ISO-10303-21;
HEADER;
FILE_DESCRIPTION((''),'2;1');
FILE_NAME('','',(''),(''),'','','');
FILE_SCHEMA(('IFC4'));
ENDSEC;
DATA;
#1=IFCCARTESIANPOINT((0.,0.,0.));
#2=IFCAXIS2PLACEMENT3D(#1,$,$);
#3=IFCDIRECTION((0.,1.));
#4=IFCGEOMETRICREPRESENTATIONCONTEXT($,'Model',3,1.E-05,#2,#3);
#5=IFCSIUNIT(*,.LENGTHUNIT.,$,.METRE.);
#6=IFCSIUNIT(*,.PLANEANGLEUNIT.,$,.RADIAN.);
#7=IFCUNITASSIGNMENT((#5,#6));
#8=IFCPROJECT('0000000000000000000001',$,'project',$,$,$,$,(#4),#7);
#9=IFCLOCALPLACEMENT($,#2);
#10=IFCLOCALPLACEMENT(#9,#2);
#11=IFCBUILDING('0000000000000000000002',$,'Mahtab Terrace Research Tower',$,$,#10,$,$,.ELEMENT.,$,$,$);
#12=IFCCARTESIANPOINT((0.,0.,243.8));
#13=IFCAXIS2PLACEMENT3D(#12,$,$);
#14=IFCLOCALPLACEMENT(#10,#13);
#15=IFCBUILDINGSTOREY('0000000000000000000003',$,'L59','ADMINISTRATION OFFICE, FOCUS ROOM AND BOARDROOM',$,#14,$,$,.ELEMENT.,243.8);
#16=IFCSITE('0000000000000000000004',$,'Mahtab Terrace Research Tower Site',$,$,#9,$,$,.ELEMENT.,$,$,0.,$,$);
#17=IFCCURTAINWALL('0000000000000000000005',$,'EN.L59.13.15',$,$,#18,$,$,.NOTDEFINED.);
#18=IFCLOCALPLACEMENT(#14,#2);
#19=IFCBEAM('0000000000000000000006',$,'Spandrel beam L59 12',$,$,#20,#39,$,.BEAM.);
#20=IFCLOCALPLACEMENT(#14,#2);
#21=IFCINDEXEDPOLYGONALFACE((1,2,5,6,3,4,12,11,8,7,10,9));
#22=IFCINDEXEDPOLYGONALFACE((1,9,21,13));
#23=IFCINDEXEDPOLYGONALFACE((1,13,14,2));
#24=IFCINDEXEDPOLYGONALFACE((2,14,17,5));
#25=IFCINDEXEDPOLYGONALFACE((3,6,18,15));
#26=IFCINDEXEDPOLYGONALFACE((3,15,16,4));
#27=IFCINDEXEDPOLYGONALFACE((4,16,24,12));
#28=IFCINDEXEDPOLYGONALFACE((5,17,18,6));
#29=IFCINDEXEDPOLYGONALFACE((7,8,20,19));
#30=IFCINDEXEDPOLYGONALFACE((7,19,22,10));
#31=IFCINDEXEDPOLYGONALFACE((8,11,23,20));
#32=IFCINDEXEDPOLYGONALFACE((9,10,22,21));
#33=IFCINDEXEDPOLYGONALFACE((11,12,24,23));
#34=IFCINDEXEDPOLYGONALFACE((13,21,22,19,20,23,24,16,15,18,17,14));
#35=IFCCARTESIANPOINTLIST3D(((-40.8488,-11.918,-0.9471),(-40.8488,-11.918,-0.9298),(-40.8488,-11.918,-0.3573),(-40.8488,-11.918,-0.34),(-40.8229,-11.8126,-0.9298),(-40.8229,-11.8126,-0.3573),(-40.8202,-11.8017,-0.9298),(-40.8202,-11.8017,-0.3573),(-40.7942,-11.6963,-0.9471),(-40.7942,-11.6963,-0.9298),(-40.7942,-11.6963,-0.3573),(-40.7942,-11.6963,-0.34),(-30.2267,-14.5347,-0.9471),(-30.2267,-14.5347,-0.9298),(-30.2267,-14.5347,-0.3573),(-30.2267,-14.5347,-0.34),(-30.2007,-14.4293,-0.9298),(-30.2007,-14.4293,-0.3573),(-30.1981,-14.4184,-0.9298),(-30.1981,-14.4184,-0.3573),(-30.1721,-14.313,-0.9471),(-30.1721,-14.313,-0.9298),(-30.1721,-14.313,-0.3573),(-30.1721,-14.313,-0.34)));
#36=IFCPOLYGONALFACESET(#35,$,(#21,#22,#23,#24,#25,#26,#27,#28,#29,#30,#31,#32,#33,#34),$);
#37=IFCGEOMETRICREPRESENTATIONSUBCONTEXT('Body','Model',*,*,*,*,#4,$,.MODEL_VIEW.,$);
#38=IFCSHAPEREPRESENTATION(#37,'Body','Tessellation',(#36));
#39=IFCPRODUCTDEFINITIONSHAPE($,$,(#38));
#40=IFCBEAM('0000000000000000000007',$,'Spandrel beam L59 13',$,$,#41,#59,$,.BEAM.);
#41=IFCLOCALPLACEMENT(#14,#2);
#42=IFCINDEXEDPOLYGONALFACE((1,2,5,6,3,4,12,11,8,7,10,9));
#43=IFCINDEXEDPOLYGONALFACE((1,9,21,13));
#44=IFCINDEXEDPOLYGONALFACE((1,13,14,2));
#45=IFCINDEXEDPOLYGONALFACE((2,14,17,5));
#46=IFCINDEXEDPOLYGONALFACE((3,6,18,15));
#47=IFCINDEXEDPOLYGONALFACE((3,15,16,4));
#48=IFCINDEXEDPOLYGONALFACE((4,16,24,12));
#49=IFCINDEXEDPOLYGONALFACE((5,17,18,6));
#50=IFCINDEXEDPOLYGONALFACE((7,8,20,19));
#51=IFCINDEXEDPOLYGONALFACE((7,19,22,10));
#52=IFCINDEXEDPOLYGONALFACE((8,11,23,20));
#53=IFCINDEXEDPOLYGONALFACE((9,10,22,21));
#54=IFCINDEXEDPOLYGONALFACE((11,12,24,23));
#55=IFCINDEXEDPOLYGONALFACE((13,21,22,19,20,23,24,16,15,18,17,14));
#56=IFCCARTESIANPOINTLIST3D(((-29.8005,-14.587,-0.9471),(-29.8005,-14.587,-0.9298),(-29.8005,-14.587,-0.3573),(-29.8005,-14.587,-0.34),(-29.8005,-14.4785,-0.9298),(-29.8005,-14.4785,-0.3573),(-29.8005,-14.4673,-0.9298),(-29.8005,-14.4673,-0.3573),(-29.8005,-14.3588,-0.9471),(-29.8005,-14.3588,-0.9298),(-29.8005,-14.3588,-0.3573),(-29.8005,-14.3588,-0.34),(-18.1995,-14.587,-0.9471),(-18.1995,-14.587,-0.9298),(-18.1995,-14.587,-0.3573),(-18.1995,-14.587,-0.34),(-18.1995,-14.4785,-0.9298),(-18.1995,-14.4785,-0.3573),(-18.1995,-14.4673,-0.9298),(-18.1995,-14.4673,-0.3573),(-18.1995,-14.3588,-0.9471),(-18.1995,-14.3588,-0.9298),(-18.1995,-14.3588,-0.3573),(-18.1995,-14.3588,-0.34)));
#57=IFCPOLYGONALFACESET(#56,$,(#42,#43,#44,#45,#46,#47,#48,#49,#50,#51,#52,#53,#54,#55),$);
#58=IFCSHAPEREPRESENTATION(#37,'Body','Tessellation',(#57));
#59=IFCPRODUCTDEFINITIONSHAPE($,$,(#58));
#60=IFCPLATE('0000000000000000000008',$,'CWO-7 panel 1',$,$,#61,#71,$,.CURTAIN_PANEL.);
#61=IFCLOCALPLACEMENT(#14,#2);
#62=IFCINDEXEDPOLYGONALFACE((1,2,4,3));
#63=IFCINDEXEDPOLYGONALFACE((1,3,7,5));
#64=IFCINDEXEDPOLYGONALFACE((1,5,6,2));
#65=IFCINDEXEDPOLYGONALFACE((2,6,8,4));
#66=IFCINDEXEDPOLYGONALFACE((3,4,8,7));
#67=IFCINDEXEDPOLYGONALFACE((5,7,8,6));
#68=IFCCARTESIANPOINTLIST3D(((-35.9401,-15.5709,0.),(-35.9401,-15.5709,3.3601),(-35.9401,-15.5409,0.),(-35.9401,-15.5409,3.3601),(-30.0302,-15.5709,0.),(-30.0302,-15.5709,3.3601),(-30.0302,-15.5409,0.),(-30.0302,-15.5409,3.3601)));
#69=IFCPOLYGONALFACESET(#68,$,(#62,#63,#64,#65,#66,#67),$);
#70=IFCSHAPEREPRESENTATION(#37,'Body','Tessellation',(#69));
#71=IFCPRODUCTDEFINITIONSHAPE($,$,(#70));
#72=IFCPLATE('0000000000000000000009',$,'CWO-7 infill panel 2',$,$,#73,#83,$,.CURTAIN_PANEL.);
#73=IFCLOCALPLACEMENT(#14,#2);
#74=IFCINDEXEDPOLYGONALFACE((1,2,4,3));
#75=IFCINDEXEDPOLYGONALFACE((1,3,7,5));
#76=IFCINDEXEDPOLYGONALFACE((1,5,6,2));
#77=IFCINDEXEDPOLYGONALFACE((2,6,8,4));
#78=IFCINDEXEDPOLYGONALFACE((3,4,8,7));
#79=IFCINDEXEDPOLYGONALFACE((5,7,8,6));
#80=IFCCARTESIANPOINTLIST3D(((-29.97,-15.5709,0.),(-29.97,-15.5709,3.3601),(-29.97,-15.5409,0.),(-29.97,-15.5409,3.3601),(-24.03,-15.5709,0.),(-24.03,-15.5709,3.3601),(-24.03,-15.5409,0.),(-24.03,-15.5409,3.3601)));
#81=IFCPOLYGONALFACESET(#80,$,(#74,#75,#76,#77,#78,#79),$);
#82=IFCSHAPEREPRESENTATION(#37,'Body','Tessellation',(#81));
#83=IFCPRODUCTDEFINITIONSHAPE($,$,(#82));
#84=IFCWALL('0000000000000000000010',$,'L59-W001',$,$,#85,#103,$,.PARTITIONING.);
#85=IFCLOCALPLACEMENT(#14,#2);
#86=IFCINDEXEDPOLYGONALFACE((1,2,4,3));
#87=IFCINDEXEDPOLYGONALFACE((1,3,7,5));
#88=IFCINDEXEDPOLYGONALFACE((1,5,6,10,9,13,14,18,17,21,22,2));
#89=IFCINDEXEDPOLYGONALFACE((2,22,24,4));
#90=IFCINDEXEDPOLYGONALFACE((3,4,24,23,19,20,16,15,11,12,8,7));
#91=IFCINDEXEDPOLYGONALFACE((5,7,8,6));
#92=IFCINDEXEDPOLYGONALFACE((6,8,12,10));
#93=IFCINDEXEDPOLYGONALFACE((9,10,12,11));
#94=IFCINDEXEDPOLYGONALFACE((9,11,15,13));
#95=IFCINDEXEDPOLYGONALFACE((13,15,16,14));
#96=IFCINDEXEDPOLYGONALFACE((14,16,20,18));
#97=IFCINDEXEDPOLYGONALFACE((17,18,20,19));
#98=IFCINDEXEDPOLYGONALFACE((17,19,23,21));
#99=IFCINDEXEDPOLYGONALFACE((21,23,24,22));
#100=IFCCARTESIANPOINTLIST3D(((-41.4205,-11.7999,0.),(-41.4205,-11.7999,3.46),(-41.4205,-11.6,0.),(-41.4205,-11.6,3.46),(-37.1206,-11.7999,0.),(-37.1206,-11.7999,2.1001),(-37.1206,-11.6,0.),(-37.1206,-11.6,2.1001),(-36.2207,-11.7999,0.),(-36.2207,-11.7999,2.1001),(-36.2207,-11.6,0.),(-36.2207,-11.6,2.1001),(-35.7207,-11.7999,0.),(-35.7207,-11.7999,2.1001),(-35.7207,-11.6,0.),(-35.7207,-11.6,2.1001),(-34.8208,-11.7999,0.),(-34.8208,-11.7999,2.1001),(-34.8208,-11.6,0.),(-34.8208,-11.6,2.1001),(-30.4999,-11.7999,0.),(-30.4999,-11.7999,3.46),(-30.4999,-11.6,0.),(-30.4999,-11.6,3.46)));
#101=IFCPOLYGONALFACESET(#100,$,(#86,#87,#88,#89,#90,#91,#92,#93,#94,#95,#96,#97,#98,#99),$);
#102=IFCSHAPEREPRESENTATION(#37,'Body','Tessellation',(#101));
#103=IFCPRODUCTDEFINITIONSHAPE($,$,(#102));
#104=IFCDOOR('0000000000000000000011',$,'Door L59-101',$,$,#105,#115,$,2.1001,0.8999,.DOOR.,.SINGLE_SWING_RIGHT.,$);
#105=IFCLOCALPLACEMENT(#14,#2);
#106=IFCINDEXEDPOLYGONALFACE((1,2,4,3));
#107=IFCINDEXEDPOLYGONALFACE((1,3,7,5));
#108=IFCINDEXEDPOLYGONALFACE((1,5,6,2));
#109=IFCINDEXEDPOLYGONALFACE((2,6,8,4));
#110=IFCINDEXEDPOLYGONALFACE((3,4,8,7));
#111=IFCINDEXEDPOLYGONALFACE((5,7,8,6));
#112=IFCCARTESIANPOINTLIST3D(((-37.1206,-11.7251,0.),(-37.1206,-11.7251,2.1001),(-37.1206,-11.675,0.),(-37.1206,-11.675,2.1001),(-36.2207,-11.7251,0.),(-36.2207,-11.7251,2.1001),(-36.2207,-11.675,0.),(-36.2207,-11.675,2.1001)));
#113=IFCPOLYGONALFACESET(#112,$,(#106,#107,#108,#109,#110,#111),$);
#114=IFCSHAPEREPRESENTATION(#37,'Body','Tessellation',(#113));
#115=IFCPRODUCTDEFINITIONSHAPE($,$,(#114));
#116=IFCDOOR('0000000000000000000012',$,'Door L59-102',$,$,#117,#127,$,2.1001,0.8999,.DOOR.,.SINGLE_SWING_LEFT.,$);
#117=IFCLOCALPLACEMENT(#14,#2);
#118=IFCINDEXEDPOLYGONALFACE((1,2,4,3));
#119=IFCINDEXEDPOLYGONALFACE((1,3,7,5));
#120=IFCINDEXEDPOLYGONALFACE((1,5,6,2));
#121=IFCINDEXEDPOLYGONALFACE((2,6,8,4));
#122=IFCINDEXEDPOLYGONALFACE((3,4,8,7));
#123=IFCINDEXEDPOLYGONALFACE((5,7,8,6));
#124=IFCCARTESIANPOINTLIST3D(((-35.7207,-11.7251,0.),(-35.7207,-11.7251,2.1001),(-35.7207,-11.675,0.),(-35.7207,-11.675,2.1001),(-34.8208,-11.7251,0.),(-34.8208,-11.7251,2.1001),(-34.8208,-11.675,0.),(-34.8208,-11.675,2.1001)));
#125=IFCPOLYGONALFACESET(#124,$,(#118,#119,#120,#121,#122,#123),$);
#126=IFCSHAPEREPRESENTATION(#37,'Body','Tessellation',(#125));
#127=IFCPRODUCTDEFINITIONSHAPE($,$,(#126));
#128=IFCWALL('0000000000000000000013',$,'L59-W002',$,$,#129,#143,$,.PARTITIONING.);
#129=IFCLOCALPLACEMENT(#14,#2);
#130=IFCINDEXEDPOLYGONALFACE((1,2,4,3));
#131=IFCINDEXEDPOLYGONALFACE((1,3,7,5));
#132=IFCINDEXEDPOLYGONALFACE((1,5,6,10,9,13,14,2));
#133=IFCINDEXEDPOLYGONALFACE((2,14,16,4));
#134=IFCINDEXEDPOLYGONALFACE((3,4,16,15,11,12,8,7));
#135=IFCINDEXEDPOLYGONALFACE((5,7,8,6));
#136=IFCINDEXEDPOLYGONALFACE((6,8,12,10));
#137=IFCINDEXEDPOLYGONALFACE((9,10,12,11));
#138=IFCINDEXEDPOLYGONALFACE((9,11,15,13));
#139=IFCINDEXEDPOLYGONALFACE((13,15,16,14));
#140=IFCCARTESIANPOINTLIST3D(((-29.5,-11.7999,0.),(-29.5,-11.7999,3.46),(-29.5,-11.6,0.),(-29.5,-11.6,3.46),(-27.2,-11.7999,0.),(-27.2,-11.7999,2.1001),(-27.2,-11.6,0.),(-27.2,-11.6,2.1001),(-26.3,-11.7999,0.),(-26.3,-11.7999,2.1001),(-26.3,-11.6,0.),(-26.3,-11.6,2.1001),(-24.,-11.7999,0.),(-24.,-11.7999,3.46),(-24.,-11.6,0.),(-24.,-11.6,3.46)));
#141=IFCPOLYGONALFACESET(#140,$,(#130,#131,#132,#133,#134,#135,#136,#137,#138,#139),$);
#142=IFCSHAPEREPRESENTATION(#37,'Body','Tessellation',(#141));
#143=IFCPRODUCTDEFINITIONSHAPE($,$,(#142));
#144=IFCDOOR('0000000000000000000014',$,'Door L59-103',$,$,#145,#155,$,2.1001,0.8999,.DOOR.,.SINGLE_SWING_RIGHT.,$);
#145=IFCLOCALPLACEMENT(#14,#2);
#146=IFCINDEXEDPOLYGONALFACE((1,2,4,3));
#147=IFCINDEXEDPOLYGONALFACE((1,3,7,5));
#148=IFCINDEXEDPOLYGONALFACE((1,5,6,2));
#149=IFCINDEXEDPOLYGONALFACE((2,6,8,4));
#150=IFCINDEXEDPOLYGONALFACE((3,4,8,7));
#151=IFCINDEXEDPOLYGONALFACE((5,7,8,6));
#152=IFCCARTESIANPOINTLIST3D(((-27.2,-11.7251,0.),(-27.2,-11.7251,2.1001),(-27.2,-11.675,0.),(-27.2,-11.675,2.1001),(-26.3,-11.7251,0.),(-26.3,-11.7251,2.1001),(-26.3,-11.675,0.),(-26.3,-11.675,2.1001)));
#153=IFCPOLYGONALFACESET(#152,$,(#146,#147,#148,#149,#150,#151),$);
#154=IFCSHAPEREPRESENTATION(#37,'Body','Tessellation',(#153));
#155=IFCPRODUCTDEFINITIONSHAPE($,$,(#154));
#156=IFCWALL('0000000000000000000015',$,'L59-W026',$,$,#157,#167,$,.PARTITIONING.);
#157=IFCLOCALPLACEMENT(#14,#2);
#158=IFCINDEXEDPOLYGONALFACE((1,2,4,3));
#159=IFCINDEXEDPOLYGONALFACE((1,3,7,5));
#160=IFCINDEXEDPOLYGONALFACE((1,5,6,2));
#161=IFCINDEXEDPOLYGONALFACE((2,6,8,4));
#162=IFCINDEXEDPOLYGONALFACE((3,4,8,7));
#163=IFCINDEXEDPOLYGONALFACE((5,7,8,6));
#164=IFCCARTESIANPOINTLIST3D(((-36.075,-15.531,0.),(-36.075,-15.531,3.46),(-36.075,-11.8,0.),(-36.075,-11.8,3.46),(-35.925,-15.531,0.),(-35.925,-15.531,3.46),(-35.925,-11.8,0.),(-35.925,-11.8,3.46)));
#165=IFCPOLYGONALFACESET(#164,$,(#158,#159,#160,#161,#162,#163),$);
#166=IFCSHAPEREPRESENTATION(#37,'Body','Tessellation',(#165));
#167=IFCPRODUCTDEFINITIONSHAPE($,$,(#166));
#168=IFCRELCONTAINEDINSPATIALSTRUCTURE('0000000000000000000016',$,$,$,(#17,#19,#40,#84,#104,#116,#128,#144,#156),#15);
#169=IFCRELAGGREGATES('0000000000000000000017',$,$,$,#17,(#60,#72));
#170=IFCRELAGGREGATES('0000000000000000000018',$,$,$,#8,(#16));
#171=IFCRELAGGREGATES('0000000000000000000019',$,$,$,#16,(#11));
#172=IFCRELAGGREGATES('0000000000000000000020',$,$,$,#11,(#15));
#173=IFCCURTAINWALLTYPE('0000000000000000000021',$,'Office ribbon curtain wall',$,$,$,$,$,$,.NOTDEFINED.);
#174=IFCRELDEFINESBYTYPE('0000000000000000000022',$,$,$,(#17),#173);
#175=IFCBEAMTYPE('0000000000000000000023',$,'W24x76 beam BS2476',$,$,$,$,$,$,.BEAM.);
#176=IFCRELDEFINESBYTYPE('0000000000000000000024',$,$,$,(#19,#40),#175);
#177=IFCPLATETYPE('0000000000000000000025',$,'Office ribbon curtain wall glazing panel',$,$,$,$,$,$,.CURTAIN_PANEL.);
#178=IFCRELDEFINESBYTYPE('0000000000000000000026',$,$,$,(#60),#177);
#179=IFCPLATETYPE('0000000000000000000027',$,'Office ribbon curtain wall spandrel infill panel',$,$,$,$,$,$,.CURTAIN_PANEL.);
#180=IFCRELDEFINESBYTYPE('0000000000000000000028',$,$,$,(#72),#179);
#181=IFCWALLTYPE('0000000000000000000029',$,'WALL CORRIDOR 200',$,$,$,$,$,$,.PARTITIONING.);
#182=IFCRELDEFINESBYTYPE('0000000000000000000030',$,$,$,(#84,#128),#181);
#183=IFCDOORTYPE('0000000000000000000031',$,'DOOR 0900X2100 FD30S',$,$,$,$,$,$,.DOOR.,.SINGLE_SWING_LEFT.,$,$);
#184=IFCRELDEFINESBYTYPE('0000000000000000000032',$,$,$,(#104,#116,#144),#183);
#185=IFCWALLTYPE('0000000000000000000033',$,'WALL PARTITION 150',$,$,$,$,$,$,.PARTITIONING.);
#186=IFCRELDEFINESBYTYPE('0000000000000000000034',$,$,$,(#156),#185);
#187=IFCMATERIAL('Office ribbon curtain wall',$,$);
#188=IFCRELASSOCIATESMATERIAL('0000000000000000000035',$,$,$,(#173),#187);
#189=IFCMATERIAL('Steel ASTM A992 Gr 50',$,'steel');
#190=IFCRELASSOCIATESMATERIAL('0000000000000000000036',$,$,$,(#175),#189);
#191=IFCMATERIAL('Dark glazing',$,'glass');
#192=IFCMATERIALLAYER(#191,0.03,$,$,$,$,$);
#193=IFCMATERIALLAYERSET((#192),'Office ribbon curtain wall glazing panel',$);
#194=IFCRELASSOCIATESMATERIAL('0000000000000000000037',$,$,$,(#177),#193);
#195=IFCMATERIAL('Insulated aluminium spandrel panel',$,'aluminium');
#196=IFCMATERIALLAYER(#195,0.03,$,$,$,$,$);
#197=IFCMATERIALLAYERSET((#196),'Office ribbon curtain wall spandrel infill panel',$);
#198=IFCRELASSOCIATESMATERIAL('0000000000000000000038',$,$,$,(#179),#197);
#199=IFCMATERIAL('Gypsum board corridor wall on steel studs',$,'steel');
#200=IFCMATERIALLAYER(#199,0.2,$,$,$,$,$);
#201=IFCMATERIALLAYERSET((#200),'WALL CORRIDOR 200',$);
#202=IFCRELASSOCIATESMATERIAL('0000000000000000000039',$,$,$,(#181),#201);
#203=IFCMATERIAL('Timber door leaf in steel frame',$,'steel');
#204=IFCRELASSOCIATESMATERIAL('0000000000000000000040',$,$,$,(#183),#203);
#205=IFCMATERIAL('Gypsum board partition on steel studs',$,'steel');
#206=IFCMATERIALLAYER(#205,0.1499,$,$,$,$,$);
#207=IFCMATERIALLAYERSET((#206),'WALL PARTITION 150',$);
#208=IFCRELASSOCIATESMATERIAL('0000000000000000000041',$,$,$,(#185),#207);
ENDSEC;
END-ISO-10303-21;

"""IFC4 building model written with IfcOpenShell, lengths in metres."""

from ifc_helpers import new_model, si_unit, direction, frame, frame_2d, origin, origin_2d, place, context, subcontext, project, spatial, rectangle, i_section, extrude, material, layer, layer_set, material_profile, profile_set, type_object, element, fill, aggregate, save


model = new_model("IFC4")

# Units and contexts
model_context = context("Model", 3, precision=1e-05, world=origin(), true_north=direction((0.0, 1.0)))
body_context = subcontext(model_context, "Body", "Model", "MODEL_VIEW")
ifc_project = project(units=[si_unit("LENGTHUNIT", "METRE"), si_unit("PLANEANGLEUNIT", "RADIAN")], contexts=[model_context])

# Site, building, storey
site_placement = place(None, origin())
site = spatial("IfcSite", under=ifc_project, at=site_placement, Name="Mahtab Terrace Research Tower Site", CompositionType="ELEMENT", RefElevation=0.0)
building_placement = place(site_placement, origin())
building = spatial("IfcBuilding", under=site, at=building_placement, Name="Mahtab Terrace Research Tower", CompositionType="ELEMENT")
storey_placement = place(building_placement, frame((0.0, 0.0, 243.8)))
storey = spatial("IfcBuildingStorey", under=building, at=storey_placement, Name="L59", Description="ADMINISTRATION OFFICE, FOCUS ROOM AND BOARDROOM", CompositionType="ELEMENT", Elevation=243.8)

# Shared definitions
ifc_material_1 = material(Name="Steel ASTM A992 Gr 50", Category="steel")

# Curtain wall
ifc_material_2 = material(Name="Office ribbon curtain wall")
curtain_wall_type = type_object("IfcCurtainWallType", Name="Office ribbon curtain wall", PredefinedType="NOTDEFINED", material=ifc_material_2)
curtain_wall_placement = place(storey_placement, origin())
curtain_wall = element("IfcCurtainWall", 1, at=curtain_wall_placement, inside=storey, type_object=curtain_wall_type, Name="EN.L59.13.15", PredefinedType="NOTDEFINED")

# Beams
ifc_material_profile_1 = material_profile(ifc_material_1, i_section(OverallWidth=0.2283, OverallDepth=0.6072, WebThickness=0.0112, FlangeThickness=0.0173, at=origin_2d()), Name="W24X76")
ifc_profile_set_1 = profile_set([ifc_material_profile_1], Name="Steel ASTM A992 Gr 50")
beam_type = type_object("IfcBeamType", Name="W24x76 beam BS2476", PredefinedType="BEAM", material=ifc_profile_set_1)
beam_1_placement = place(storey_placement, frame((-40.8215, -11.8071, -0.6436), z_axis=(0.970972, -0.239195, 0.0), x_axis=(0.239195, 0.970972, 0.0)))
element("IfcBeam", 2, at=beam_1_placement, inside=storey, type_object=beam_type, Name="Spandrel beam L59 12", PredefinedType="BEAM", context=body_context, shape_type="SweptSolid", body=[
    extrude(i_section(OverallWidth=0.2283, OverallDepth=0.6072, WebThickness=0.0112, FlangeThickness=0.0173, at=origin_2d()), origin(), (0.0, 0.0, 1.0), 10.9397),
])
beam_2_placement = place(storey_placement, frame((-29.8005, -14.4729, -0.6436), z_axis=(1.0, 0.0, 0.0), x_axis=(0.0, 1.0, 0.0)))
element("IfcBeam", 3, at=beam_2_placement, inside=storey, type_object=beam_type, Name="Spandrel beam L59 13", PredefinedType="BEAM", context=body_context, shape_type="SweptSolid", body=[
    extrude(i_section(OverallWidth=0.2283, OverallDepth=0.6072, WebThickness=0.0112, FlangeThickness=0.0173, at=origin_2d()), origin(), (0.0, 0.0, 1.0), 11.6011),
])

# Plates
ifc_material_3 = material(Name="Dark glazing", Category="glass")
ifc_layer_1 = layer(ifc_material_3, 0.03)
ifc_layer_set_1 = layer_set([ifc_layer_1], Name="Office ribbon curtain wall glazing panel")
plate_type_1 = type_object("IfcPlateType", Name="Office ribbon curtain wall glazing panel", PredefinedType="CURTAIN_PANEL", material=ifc_layer_set_1)
plate_1_placement = place(storey_placement, frame((-32.9851, -15.5559, 0.0), z_axis=(0.0, 0.0, 1.0), x_axis=(1.0, 0.0, 0.0)))
plate_1 = element("IfcPlate", 4, at=plate_1_placement, type_object=plate_type_1, Name="CWO-7 panel 1", PredefinedType="CURTAIN_PANEL", context=body_context, shape_type="SweptSolid", body=[
    extrude(rectangle(XDim=5.9099, YDim=0.03, at=origin_2d()), origin(), (0.0, 0.0, 1.0), 3.3601),
])
ifc_material_4 = material(Name="Insulated aluminium spandrel panel", Category="aluminium")
ifc_layer_2 = layer(ifc_material_4, 0.03)
ifc_layer_set_2 = layer_set([ifc_layer_2], Name="Office ribbon curtain wall spandrel infill panel")
plate_type_2 = type_object("IfcPlateType", Name="Office ribbon curtain wall spandrel infill panel", PredefinedType="CURTAIN_PANEL", material=ifc_layer_set_2)
plate_2_placement = place(storey_placement, frame((-27.0, -15.5559, 0.0), z_axis=(0.0, 0.0, 1.0), x_axis=(1.0, 0.0, 0.0)))
plate_2 = element("IfcPlate", 5, at=plate_2_placement, type_object=plate_type_2, Name="CWO-7 infill panel 2", PredefinedType="CURTAIN_PANEL", context=body_context, shape_type="SweptSolid", body=[
    extrude(rectangle(XDim=5.9399, YDim=0.03, at=origin_2d()), origin(), (0.0, 0.0, 1.0), 3.3601),
])
aggregate(curtain_wall, [plate_1, plate_2])

# Wall, openings, doors
ifc_material_5 = material(Name="Gypsum board corridor wall on steel studs", Category="steel")
ifc_layer_3 = layer(ifc_material_5, 0.2)
ifc_layer_set_3 = layer_set([ifc_layer_3], Name="WALL CORRIDOR 200")
wall_type_1 = type_object("IfcWallType", Name="WALL CORRIDOR 200", PredefinedType="PARTITIONING", material=ifc_layer_set_3)
wall_1_placement = place(storey_placement, frame((-41.4207, -11.7, 0.0), z_axis=(0.0, 0.0, 1.0), x_axis=(1.0, 0.0, 0.0)))
wall_1 = element("IfcWall", 6, at=wall_1_placement, inside=storey, type_object=wall_type_1, Name="L59-W001", PredefinedType="PARTITIONING", context=body_context, shape_type="SweptSolid", body=[
    extrude(rectangle(XDim=10.9207, YDim=0.2, at=frame_2d((5.4604, 0.0))), origin(), (0.0, 0.0, 1.0), 3.46),
])
opening_1_placement = place(wall_1_placement, frame((4.3, 0.0, 0.0)))
opening_1 = element("IfcOpeningElement", 7, at=opening_1_placement, cuts=wall_1, PredefinedType="OPENING", context=body_context, shape_type="SweptSolid", body=[
    extrude(rectangle(XDim=0.8999, YDim=2.1001, at=frame_2d((0.45, 1.05))), frame((0.0, 0.1099, 0.0), z_axis=(0.0, -1.0, 0.0), x_axis=(1.0, 0.0, 0.0)), (0.0, 0.0, 1.0), 0.22),
])
opening_2_placement = place(wall_1_placement, frame((5.7, 0.0, 0.0)))
opening_2 = element("IfcOpeningElement", 8, at=opening_2_placement, cuts=wall_1, PredefinedType="OPENING", context=body_context, shape_type="SweptSolid", body=[
    extrude(rectangle(XDim=0.8999, YDim=2.1001, at=frame_2d((0.45, 1.05))), frame((0.0, 0.1099, 0.0), z_axis=(0.0, -1.0, 0.0), x_axis=(1.0, 0.0, 0.0)), (0.0, 0.0, 1.0), 0.22),
])
ifc_material_6 = material(Name="Timber door leaf in steel frame", Category="steel")
door_type = type_object("IfcDoorType", Name="DOOR 0900X2100 FD30S", OperationType="SINGLE_SWING_LEFT", PredefinedType="DOOR", material=ifc_material_6)
door_1_placement = place(opening_1_placement, origin())
door_1 = element("IfcDoor", 9, at=door_1_placement, inside=storey, type_object=door_type, Name="Door L59-101", OperationType="SINGLE_SWING_RIGHT", OverallHeight=2.1001, OverallWidth=0.8999, PredefinedType="DOOR", context=body_context, shape_type="SweptSolid", body=[
    extrude(rectangle(XDim=0.8999, YDim=2.1001, at=frame_2d((0.45, 1.05))), frame((0.0, 0.0249, 0.0), z_axis=(0.0, -1.0, 0.0), x_axis=(1.0, 0.0, 0.0)), (0.0, 0.0, 1.0), 0.05),
])
fill(opening_1, door_1)
door_2_placement = place(opening_2_placement, origin())
door_2 = element("IfcDoor", 10, at=door_2_placement, inside=storey, type_object=door_type, Name="Door L59-102", OperationType="SINGLE_SWING_LEFT", OverallHeight=2.1001, OverallWidth=0.8999, PredefinedType="DOOR", context=body_context, shape_type="SweptSolid", body=[
    extrude(rectangle(XDim=0.8999, YDim=2.1001, at=frame_2d((0.45, 1.05))), frame((0.0, 0.0249, 0.0), z_axis=(0.0, -1.0, 0.0), x_axis=(1.0, 0.0, 0.0)), (0.0, 0.0, 1.0), 0.05),
])
fill(opening_2, door_2)

# Wall, opening, door
wall_2_placement = place(storey_placement, frame((-29.5, -11.7, 0.0), z_axis=(0.0, 0.0, 1.0), x_axis=(1.0, 0.0, 0.0)))
wall_2 = element("IfcWall", 11, at=wall_2_placement, inside=storey, type_object=wall_type_1, Name="L59-W002", PredefinedType="PARTITIONING", context=body_context, shape_type="SweptSolid", body=[
    extrude(rectangle(XDim=5.5, YDim=0.2, at=frame_2d((2.75, 0.0))), origin(), (0.0, 0.0, 1.0), 3.46),
])
opening_3_placement = place(wall_2_placement, frame((2.3, 0.0, 0.0)))
opening_3 = element("IfcOpeningElement", 12, at=opening_3_placement, cuts=wall_2, PredefinedType="OPENING", context=body_context, shape_type="SweptSolid", body=[
    extrude(rectangle(XDim=0.8999, YDim=2.1001, at=frame_2d((0.45, 1.05))), frame((0.0, 0.1099, 0.0), z_axis=(0.0, -1.0, 0.0), x_axis=(1.0, 0.0, 0.0)), (0.0, 0.0, 1.0), 0.22),
])
door_3_placement = place(opening_3_placement, origin())
door_3 = element("IfcDoor", 13, at=door_3_placement, inside=storey, type_object=door_type, Name="Door L59-103", OperationType="SINGLE_SWING_RIGHT", OverallHeight=2.1001, OverallWidth=0.8999, PredefinedType="DOOR", context=body_context, shape_type="SweptSolid", body=[
    extrude(rectangle(XDim=0.8999, YDim=2.1001, at=frame_2d((0.45, 1.05))), frame((0.0, 0.0249, 0.0), z_axis=(0.0, -1.0, 0.0), x_axis=(1.0, 0.0, 0.0)), (0.0, 0.0, 1.0), 0.05),
])
fill(opening_3, door_3)

# Wall
ifc_material_7 = material(Name="Gypsum board partition on steel studs", Category="steel")
ifc_layer_4 = layer(ifc_material_7, 0.1499)
ifc_layer_set_4 = layer_set([ifc_layer_4], Name="WALL PARTITION 150")
wall_type_2 = type_object("IfcWallType", Name="WALL PARTITION 150", PredefinedType="PARTITIONING", material=ifc_layer_set_4)
wall_3_placement = place(storey_placement, frame((-36.0, -15.531, 0.0), z_axis=(0.0, 0.0, 1.0), x_axis=(0.0, 1.0, 0.0)))
element("IfcWall", 14, at=wall_3_placement, inside=storey, type_object=wall_type_2, Name="L59-W026", PredefinedType="PARTITIONING", context=body_context, shape_type="SweptSolid", body=[
    extrude(rectangle(XDim=3.731, YDim=0.1499, at=frame_2d((1.8655, 0.0))), origin(), (0.0, 0.0, 1.0), 3.46),
])

save(model, "model.ifc")
